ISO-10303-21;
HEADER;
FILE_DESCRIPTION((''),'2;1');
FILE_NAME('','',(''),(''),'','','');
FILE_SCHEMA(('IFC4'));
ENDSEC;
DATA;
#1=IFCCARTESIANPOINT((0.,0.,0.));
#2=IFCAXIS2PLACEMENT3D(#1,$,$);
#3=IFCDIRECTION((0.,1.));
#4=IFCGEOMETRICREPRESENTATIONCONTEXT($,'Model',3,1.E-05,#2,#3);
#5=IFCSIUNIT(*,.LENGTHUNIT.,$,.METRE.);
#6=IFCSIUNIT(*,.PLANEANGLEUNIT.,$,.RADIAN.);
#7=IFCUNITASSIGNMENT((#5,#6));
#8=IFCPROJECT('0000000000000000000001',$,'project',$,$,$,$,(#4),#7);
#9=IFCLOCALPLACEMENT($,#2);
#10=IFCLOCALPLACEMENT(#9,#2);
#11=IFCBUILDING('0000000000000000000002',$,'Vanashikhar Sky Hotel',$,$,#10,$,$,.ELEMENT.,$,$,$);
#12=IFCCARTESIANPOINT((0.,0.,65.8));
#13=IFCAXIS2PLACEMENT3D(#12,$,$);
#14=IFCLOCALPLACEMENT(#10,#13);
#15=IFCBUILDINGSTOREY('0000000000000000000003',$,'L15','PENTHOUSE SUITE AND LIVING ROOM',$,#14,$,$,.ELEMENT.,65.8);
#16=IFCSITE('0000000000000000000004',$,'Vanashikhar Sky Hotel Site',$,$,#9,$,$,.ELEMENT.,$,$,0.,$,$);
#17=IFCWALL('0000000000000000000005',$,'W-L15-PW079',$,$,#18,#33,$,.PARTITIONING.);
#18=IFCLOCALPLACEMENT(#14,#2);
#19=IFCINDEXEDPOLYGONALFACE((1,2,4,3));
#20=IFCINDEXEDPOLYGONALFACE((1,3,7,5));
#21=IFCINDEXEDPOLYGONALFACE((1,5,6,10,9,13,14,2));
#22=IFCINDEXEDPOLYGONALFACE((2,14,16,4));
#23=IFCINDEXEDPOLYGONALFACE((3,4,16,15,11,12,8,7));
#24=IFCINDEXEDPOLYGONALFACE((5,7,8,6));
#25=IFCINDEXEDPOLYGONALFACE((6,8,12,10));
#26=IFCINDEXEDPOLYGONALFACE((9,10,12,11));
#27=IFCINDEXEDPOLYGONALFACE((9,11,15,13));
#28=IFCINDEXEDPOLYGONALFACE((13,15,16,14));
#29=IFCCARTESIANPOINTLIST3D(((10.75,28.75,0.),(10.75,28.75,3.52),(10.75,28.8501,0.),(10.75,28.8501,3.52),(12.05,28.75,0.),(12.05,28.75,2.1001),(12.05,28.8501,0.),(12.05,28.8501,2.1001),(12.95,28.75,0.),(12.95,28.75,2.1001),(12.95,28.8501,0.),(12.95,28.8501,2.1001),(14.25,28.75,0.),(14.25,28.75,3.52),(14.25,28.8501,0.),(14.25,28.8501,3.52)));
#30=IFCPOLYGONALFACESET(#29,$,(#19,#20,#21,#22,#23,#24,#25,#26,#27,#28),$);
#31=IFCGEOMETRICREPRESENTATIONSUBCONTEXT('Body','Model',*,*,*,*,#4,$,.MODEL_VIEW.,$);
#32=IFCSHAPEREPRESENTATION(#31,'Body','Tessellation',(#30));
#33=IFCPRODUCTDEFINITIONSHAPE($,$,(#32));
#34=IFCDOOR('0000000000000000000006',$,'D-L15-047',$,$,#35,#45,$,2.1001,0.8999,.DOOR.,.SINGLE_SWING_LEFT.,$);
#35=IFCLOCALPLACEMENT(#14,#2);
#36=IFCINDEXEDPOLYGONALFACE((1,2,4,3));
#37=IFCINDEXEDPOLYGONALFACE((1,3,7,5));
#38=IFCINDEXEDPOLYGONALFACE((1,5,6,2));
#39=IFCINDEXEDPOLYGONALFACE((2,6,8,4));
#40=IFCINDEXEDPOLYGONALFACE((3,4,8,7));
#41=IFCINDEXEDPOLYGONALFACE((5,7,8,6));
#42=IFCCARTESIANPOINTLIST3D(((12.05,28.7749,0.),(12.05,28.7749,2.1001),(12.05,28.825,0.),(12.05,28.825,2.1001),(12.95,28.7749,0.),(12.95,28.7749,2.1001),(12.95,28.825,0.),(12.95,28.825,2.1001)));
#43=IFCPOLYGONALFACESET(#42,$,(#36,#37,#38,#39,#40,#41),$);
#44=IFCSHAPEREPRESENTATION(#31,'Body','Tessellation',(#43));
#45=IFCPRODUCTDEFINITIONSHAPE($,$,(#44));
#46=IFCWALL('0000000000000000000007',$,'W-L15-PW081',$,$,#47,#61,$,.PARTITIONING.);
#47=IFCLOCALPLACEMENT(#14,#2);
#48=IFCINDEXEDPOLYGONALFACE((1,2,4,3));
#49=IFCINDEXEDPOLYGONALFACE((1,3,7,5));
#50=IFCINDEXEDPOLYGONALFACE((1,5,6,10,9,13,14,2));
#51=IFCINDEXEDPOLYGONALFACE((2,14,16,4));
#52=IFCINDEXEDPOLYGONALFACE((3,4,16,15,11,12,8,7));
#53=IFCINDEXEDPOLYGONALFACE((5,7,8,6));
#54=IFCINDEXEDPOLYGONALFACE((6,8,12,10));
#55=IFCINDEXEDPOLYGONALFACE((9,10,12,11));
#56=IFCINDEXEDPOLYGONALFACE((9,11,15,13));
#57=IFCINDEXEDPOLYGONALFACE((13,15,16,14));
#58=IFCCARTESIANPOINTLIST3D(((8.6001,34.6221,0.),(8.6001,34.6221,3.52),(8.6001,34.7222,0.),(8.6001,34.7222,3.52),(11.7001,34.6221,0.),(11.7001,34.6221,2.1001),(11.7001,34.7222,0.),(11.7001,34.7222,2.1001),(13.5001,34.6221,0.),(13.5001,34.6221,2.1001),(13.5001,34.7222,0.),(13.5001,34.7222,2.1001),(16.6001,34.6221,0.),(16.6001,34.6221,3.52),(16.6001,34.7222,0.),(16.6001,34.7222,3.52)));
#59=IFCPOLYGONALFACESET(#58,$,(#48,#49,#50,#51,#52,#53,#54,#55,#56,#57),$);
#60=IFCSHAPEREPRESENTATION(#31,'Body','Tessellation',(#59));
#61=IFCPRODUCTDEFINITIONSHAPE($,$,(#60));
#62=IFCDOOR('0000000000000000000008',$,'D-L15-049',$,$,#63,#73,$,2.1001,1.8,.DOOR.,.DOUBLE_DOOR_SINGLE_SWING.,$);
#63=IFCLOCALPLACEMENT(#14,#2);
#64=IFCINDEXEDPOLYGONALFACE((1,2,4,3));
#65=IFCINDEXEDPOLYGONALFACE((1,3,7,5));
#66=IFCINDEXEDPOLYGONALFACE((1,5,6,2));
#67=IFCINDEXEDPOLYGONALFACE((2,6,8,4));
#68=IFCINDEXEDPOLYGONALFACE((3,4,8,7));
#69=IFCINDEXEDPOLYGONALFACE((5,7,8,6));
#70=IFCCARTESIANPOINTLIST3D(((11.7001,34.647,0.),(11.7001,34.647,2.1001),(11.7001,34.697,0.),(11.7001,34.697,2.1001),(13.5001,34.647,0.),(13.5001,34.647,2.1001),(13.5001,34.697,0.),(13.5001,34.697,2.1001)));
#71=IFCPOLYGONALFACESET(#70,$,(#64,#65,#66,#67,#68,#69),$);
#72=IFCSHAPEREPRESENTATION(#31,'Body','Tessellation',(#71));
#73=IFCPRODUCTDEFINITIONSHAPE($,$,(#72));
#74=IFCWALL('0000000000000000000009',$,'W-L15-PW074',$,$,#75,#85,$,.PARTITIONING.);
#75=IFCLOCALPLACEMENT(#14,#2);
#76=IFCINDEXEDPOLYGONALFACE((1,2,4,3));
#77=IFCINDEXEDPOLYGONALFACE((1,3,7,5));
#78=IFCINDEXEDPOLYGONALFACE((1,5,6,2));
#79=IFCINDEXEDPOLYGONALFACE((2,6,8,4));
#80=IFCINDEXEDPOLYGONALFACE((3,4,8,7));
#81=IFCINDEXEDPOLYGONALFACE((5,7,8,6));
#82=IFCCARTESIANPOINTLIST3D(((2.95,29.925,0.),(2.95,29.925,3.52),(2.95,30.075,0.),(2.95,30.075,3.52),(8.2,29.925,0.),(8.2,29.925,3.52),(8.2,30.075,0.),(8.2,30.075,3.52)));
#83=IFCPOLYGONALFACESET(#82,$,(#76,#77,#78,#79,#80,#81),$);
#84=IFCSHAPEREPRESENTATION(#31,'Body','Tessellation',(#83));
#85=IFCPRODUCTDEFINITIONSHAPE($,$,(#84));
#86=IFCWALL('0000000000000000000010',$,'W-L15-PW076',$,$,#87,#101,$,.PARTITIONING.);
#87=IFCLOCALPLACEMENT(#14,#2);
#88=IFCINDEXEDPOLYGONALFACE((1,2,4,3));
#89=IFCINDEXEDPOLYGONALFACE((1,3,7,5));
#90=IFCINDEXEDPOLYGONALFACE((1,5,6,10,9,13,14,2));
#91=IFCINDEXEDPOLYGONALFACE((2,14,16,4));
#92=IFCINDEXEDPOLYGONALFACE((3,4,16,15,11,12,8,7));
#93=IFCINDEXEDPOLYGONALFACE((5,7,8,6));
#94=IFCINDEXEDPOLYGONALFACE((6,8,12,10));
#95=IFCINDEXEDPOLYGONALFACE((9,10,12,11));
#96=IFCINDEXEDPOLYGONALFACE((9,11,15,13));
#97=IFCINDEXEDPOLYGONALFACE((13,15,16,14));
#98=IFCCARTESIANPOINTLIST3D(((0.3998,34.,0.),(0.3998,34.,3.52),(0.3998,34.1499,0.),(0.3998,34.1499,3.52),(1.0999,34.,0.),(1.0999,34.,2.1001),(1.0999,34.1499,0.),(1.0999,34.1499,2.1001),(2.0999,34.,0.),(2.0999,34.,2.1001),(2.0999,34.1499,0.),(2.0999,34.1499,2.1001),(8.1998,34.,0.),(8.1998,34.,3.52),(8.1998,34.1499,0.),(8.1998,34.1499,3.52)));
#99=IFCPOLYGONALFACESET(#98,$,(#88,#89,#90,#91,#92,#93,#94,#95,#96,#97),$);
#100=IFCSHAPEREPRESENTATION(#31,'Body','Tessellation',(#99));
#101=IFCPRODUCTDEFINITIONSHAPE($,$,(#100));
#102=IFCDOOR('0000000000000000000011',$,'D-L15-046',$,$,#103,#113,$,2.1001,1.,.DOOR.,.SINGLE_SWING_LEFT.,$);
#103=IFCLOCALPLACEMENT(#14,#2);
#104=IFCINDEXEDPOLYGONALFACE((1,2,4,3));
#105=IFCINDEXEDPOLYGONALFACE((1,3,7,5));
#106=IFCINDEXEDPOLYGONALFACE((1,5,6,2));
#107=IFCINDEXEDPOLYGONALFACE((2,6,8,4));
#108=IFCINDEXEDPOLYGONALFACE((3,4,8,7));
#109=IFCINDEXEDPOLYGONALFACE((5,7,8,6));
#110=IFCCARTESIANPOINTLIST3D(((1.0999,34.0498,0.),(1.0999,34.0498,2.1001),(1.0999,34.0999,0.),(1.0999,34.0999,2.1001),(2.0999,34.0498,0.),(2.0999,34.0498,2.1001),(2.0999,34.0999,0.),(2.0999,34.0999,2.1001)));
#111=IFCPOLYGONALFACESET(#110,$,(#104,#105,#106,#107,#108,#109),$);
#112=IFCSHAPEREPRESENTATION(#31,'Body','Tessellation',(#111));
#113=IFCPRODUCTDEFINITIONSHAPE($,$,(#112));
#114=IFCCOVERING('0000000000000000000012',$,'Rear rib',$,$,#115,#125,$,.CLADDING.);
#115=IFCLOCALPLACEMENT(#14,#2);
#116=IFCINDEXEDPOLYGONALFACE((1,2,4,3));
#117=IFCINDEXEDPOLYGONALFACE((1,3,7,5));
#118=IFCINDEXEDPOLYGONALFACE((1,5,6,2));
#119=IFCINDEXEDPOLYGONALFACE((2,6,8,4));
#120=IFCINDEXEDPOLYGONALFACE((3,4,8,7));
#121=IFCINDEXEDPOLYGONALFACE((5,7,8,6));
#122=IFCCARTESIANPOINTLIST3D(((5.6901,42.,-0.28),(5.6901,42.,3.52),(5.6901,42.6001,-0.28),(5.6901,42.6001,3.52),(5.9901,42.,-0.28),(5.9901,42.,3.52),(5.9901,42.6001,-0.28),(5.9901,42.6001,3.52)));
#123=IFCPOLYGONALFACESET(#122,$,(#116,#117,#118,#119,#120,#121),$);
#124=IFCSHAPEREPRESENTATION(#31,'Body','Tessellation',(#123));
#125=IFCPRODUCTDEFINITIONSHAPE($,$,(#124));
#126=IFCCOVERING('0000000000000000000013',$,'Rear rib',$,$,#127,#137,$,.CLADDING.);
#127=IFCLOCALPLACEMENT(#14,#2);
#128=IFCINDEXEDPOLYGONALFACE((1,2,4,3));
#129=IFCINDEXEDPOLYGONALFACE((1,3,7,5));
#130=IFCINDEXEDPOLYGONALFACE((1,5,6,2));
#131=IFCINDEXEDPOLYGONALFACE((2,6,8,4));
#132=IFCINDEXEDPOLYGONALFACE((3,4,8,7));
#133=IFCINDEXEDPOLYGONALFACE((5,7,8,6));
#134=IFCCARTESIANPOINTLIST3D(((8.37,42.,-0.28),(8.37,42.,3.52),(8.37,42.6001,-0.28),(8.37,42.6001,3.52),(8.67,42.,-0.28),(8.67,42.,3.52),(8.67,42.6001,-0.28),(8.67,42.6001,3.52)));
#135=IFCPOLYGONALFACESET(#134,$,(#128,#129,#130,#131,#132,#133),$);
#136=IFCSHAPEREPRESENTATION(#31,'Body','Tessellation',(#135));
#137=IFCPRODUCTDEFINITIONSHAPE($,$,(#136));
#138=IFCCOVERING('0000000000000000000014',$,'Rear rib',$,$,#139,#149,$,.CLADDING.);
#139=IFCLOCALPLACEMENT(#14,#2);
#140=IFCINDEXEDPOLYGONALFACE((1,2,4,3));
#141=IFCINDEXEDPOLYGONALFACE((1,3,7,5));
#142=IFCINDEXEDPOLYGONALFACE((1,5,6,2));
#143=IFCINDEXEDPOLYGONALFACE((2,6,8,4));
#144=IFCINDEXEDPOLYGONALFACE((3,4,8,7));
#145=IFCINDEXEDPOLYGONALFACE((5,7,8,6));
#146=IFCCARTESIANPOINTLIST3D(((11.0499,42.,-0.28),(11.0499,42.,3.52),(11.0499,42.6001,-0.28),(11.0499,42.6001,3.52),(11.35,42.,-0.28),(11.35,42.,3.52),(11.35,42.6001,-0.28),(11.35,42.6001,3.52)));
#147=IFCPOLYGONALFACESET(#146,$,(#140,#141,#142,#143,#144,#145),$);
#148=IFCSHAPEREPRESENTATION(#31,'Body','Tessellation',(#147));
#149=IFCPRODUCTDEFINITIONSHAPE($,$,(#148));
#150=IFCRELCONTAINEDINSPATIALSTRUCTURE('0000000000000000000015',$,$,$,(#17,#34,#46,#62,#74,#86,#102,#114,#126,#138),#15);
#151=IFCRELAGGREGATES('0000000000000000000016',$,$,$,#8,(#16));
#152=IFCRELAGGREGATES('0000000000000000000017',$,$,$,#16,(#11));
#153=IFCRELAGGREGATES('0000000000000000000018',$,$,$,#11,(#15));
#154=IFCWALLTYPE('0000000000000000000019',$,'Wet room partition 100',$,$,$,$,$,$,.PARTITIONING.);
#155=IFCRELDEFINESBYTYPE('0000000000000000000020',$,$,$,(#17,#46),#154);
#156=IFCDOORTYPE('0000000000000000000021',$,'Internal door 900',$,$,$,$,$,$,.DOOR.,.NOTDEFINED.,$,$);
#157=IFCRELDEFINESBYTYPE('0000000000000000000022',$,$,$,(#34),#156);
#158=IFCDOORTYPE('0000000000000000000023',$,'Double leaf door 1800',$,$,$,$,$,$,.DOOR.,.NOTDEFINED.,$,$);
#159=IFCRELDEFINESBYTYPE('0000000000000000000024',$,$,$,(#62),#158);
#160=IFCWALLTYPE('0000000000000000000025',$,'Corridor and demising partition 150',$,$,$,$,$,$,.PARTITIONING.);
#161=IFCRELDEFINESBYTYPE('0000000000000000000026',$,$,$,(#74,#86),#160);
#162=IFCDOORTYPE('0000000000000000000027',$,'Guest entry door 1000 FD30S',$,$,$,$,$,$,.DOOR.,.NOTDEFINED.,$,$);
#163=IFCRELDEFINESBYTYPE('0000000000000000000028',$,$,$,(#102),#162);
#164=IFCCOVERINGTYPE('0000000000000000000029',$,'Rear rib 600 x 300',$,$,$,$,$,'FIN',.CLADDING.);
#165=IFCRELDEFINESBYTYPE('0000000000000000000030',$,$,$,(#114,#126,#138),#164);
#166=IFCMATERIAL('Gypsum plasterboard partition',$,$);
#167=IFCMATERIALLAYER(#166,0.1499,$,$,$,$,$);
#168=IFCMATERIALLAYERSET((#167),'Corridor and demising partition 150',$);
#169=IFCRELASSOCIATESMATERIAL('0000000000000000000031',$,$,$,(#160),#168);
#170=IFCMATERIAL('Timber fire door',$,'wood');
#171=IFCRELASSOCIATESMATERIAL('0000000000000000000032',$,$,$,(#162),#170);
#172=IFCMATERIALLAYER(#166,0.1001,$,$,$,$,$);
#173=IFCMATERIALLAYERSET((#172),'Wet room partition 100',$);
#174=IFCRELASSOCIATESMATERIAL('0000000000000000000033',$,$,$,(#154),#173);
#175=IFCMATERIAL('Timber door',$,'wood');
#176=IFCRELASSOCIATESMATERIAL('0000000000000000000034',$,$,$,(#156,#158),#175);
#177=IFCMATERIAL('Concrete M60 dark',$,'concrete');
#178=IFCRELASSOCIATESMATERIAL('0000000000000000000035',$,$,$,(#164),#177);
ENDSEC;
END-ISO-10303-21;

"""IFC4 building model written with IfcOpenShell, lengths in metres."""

from ifc_helpers import new_model, si_unit, direction, frame, frame_2d, origin, origin_2d, place, context, subcontext, project, spatial, rectangle, extrude, source, transform, mapped, material, layer, layer_set, material_profile, profile_set, type_object, element, fill, save


model = new_model("IFC4")

# Units and contexts
model_context = context("Model", 3, precision=1e-05, world=origin(), true_north=direction((0.0, 1.0)))
body_context = subcontext(model_context, "Body", "Model", "MODEL_VIEW")
ifc_project = project(units=[si_unit("LENGTHUNIT", "METRE"), si_unit("PLANEANGLEUNIT", "RADIAN")], contexts=[model_context])

# Site, building, storey
site_placement = place(None, origin())
site = spatial("IfcSite", under=ifc_project, at=site_placement, Name="Vanashikhar Sky Hotel Site", CompositionType="ELEMENT", RefElevation=0.0)
building_placement = place(site_placement, origin())
building = spatial("IfcBuilding", under=site, at=building_placement, Name="Vanashikhar Sky Hotel", CompositionType="ELEMENT")
storey_placement = place(building_placement, frame((0.0, 0.0, 65.8)))
storey = spatial("IfcBuildingStorey", under=building, at=storey_placement, Name="L15", Description="PENTHOUSE SUITE AND LIVING ROOM", CompositionType="ELEMENT", Elevation=65.8)

# Walls, openings, doors
ifc_material_1 = material(Name="Gypsum plasterboard partition")
ifc_layer_1 = layer(ifc_material_1, 0.1499)
ifc_layer_set_1 = layer_set([ifc_layer_1], Name="Corridor and demising partition 150")
wall_type_1 = type_object("IfcWallType", Name="Corridor and demising partition 150", PredefinedType="PARTITIONING", material=ifc_layer_set_1)
shared_shape_1 = source(origin(), body_context, "Body", "SweptSolid", [
    extrude(rectangle(XDim=1.0, YDim=2.1001, at=frame_2d((0.5, 1.05))), frame((0.0, 0.085, 0.0), z_axis=(0.0, -1.0, 0.0), x_axis=(1.0, 0.0, 0.0)), (0.0, 0.0, 1.0), 0.1699),
])
ifc_material_2 = material(Name="Timber fire door", Category="wood")
door_type_1 = type_object("IfcDoorType", Name="Guest entry door 1000 FD30S", OperationType="NOTDEFINED", PredefinedType="DOOR", material=ifc_material_2)
shared_shape_2 = source(origin(), body_context, "Body", "SweptSolid", [
    extrude(rectangle(XDim=1.0, YDim=2.1001, at=frame_2d((0.5, 1.05))), frame((0.0, 0.0249, 0.0), z_axis=(0.0, -1.0, 0.0), x_axis=(1.0, 0.0, 0.0)), (0.0, 0.0, 1.0), 0.05),
])
ifc_layer_2 = layer(ifc_material_1, 0.1001)
ifc_layer_set_2 = layer_set([ifc_layer_2], Name="Wet room partition 100")
wall_type_2 = type_object("IfcWallType", Name="Wet room partition 100", PredefinedType="PARTITIONING", material=ifc_layer_set_2)
shared_shape_3 = source(origin(), body_context, "Body", "SweptSolid", [
    extrude(rectangle(XDim=3.5, YDim=0.1001, at=frame_2d((1.75, 0.0))), origin(), (0.0, 0.0, 1.0), 3.52),
])
wall_1_placement = place(storey_placement, frame((10.75, 28.8, 0.0), z_axis=(0.0, 0.0, 1.0), x_axis=(1.0, 0.0, 0.0)))
wall_1 = element("IfcWall", 1, at=wall_1_placement, inside=storey, type_object=wall_type_2, Name="W-L15-PW079", PredefinedType="PARTITIONING", context=body_context, shape_type="MappedRepresentation", body=[
    mapped(shared_shape_3, transform((0.0, 0.0, 0.0), scale=1.0)),
])
shared_shape_4 = source(origin(), body_context, "Body", "SweptSolid", [
    extrude(rectangle(XDim=0.8999, YDim=2.1001, at=frame_2d((0.45, 1.05))), frame((0.0, 0.0601, 0.0), z_axis=(0.0, -1.0, 0.0), x_axis=(1.0, 0.0, 0.0)), (0.0, 0.0, 1.0), 0.1201),
])
opening_1_placement = place(wall_1_placement, frame((1.3, 0.0, 0.0)))
opening_1 = element("IfcOpeningElement", 2, at=opening_1_placement, cuts=wall_1, PredefinedType="OPENING", context=body_context, shape_type="MappedRepresentation", body=[
    mapped(shared_shape_4, transform((0.0, 0.0, 0.0), scale=1.0)),
])
ifc_material_3 = material(Name="Timber door", Category="wood")
door_type_2 = type_object("IfcDoorType", Name="Internal door 900", OperationType="NOTDEFINED", PredefinedType="DOOR", material=ifc_material_3)
shared_shape_5 = source(origin(), body_context, "Body", "SweptSolid", [
    extrude(rectangle(XDim=0.8999, YDim=2.1001, at=frame_2d((0.45, 1.05))), frame((0.0, 0.0249, 0.0), z_axis=(0.0, -1.0, 0.0), x_axis=(1.0, 0.0, 0.0)), (0.0, 0.0, 1.0), 0.05),
])
door_1_placement = place(opening_1_placement, origin())
door_1 = element("IfcDoor", 3, at=door_1_placement, inside=storey, type_object=door_type_2, Name="D-L15-047", OperationType="SINGLE_SWING_LEFT", OverallHeight=2.1001, OverallWidth=0.8999, PredefinedType="DOOR", context=body_context, shape_type="MappedRepresentation", body=[
    mapped(shared_shape_5, transform((0.0, 0.0, 0.0), scale=1.0)),
])
fill(opening_1, door_1)
shared_shape_6 = source(origin(), body_context, "Body", "SweptSolid", [
    extrude(rectangle(XDim=8.0, YDim=0.1001, at=frame_2d((4.0, 0.0))), origin(), (0.0, 0.0, 1.0), 3.52),
])
wall_2_placement = place(storey_placement, frame((8.6001, 34.6721, 0.0), z_axis=(0.0, 0.0, 1.0), x_axis=(1.0, 0.0, 0.0)))
wall_2 = element("IfcWall", 4, at=wall_2_placement, inside=storey, type_object=wall_type_2, Name="W-L15-PW081", PredefinedType="PARTITIONING", context=body_context, shape_type="MappedRepresentation", body=[
    mapped(shared_shape_6, transform((0.0, 0.0, 0.0), scale=1.0)),
])
shared_shape_7 = source(origin(), body_context, "Body", "SweptSolid", [
    extrude(rectangle(XDim=1.8, YDim=2.1001, at=frame_2d((0.8999, 1.05))), frame((0.0, 0.0601, 0.0), z_axis=(0.0, -1.0, 0.0), x_axis=(1.0, 0.0, 0.0)), (0.0, 0.0, 1.0), 0.1201),
])
opening_2_placement = place(wall_2_placement, frame((3.1001, 0.0, 0.0)))
opening_2 = element("IfcOpeningElement", 5, at=opening_2_placement, cuts=wall_2, PredefinedType="OPENING", context=body_context, shape_type="MappedRepresentation", body=[
    mapped(shared_shape_7, transform((0.0, 0.0, 0.0), scale=1.0)),
])
door_type_3 = type_object("IfcDoorType", Name="Double leaf door 1800", OperationType="NOTDEFINED", PredefinedType="DOOR", material=ifc_material_3)
shared_shape_8 = source(origin(), body_context, "Body", "SweptSolid", [
    extrude(rectangle(XDim=1.8, YDim=2.1001, at=frame_2d((0.8999, 1.05))), frame((0.0, 0.0249, 0.0), z_axis=(0.0, -1.0, 0.0), x_axis=(1.0, 0.0, 0.0)), (0.0, 0.0, 1.0), 0.05),
])
door_2_placement = place(opening_2_placement, origin())
door_2 = element("IfcDoor", 6, at=door_2_placement, inside=storey, type_object=door_type_3, Name="D-L15-049", OperationType="DOUBLE_DOOR_SINGLE_SWING", OverallHeight=2.1001, OverallWidth=1.8, PredefinedType="DOOR", context=body_context, shape_type="MappedRepresentation", body=[
    mapped(shared_shape_8, transform((0.0, 0.0, 0.0), scale=1.0)),
])
fill(opening_2, door_2)

# Wall
shared_shape_9 = source(origin(), body_context, "Body", "SweptSolid", [
    extrude(rectangle(XDim=5.25, YDim=0.1499, at=frame_2d((2.625, 0.0))), origin(), (0.0, 0.0, 1.0), 3.52),
])
wall_3_placement = place(storey_placement, frame((2.95, 30.0, 0.0), z_axis=(0.0, 0.0, 1.0), x_axis=(1.0, 0.0, 0.0)))
element("IfcWall", 7, at=wall_3_placement, inside=storey, type_object=wall_type_1, Name="W-L15-PW074", PredefinedType="PARTITIONING", context=body_context, shape_type="MappedRepresentation", body=[
    mapped(shared_shape_9, transform((0.0, 0.0, 0.0), scale=1.0)),
])

# Wall, opening, door
shared_shape_10 = source(origin(), body_context, "Body", "SweptSolid", [
    extrude(rectangle(XDim=7.8, YDim=0.1499, at=frame_2d((3.8999, 0.0))), origin(), (0.0, 0.0, 1.0), 3.52),
])
wall_4_placement = place(storey_placement, frame((0.3999, 34.075, 0.0), z_axis=(0.0, 0.0, 1.0), x_axis=(1.0, 0.0, 0.0)))
wall_4 = element("IfcWall", 8, at=wall_4_placement, inside=storey, type_object=wall_type_1, Name="W-L15-PW076", PredefinedType="PARTITIONING", context=body_context, shape_type="MappedRepresentation", body=[
    mapped(shared_shape_10, transform((0.0, 0.0, 0.0), scale=1.0)),
])
opening_3_placement = place(wall_4_placement, frame((0.7, 0.0, 0.0)))
opening_3 = element("IfcOpeningElement", 9, at=opening_3_placement, cuts=wall_4, PredefinedType="OPENING", context=body_context, shape_type="MappedRepresentation", body=[
    mapped(shared_shape_1, transform((0.0, 0.0, 0.0), scale=1.0)),
])
door_3_placement = place(opening_3_placement, origin())
door_3 = element("IfcDoor", 10, at=door_3_placement, inside=storey, type_object=door_type_1, Name="D-L15-046", OperationType="SINGLE_SWING_LEFT", OverallHeight=2.1001, OverallWidth=1.0, PredefinedType="DOOR", context=body_context, shape_type="MappedRepresentation", body=[
    mapped(shared_shape_2, transform((0.0, 0.0, 0.0), scale=1.0)),
])
fill(opening_3, door_3)

# Coverings
ifc_material_4 = material(Name="Concrete M60 dark", Category="concrete")
ifc_material_profile_1 = material_profile(ifc_material_4, rectangle(XDim=0.6001, YDim=0.3, at=origin_2d()))
ifc_profile_set_1 = profile_set([ifc_material_profile_1], Name="Rear rib 600 x 300")
covering_type = type_object("IfcCoveringType", Name="Rear rib 600 x 300", ElementType="FIN", PredefinedType="CLADDING", material=ifc_profile_set_1)
shared_shape_11 = source(origin(), body_context, "Body", "SweptSolid", [
    extrude(rectangle(XDim=0.6001, YDim=0.3, at=origin_2d()), origin(), (0.0, 0.0, 1.0), 3.8),
])
for number, where, z_axis, x_axis, name in (
    (11, (5.8401, 42.3, -0.28), (0.0, 0.0, 1.0), (0.0, 1.0, 0.0), "Rear rib"),
    (12, (8.52, 42.3, -0.28), (0.0, 0.0, 1.0), (0.0, 1.0, 0.0), "Rear rib"),
    (13, (11.2, 42.3, -0.28), (0.0, 0.0, 1.0), (0.0, 1.0, 0.0), "Rear rib"),
):
    element("IfcCovering", number, at=place(storey_placement, frame(where, z_axis=z_axis, x_axis=x_axis)), inside=storey, type_object=covering_type, Name=name, PredefinedType="CLADDING", context=body_context, shape_type="MappedRepresentation", body=[
        mapped(shared_shape_11, transform((0.0, 0.0, 0.0), scale=1.0)),
    ])

save(model, "model.ifc")
